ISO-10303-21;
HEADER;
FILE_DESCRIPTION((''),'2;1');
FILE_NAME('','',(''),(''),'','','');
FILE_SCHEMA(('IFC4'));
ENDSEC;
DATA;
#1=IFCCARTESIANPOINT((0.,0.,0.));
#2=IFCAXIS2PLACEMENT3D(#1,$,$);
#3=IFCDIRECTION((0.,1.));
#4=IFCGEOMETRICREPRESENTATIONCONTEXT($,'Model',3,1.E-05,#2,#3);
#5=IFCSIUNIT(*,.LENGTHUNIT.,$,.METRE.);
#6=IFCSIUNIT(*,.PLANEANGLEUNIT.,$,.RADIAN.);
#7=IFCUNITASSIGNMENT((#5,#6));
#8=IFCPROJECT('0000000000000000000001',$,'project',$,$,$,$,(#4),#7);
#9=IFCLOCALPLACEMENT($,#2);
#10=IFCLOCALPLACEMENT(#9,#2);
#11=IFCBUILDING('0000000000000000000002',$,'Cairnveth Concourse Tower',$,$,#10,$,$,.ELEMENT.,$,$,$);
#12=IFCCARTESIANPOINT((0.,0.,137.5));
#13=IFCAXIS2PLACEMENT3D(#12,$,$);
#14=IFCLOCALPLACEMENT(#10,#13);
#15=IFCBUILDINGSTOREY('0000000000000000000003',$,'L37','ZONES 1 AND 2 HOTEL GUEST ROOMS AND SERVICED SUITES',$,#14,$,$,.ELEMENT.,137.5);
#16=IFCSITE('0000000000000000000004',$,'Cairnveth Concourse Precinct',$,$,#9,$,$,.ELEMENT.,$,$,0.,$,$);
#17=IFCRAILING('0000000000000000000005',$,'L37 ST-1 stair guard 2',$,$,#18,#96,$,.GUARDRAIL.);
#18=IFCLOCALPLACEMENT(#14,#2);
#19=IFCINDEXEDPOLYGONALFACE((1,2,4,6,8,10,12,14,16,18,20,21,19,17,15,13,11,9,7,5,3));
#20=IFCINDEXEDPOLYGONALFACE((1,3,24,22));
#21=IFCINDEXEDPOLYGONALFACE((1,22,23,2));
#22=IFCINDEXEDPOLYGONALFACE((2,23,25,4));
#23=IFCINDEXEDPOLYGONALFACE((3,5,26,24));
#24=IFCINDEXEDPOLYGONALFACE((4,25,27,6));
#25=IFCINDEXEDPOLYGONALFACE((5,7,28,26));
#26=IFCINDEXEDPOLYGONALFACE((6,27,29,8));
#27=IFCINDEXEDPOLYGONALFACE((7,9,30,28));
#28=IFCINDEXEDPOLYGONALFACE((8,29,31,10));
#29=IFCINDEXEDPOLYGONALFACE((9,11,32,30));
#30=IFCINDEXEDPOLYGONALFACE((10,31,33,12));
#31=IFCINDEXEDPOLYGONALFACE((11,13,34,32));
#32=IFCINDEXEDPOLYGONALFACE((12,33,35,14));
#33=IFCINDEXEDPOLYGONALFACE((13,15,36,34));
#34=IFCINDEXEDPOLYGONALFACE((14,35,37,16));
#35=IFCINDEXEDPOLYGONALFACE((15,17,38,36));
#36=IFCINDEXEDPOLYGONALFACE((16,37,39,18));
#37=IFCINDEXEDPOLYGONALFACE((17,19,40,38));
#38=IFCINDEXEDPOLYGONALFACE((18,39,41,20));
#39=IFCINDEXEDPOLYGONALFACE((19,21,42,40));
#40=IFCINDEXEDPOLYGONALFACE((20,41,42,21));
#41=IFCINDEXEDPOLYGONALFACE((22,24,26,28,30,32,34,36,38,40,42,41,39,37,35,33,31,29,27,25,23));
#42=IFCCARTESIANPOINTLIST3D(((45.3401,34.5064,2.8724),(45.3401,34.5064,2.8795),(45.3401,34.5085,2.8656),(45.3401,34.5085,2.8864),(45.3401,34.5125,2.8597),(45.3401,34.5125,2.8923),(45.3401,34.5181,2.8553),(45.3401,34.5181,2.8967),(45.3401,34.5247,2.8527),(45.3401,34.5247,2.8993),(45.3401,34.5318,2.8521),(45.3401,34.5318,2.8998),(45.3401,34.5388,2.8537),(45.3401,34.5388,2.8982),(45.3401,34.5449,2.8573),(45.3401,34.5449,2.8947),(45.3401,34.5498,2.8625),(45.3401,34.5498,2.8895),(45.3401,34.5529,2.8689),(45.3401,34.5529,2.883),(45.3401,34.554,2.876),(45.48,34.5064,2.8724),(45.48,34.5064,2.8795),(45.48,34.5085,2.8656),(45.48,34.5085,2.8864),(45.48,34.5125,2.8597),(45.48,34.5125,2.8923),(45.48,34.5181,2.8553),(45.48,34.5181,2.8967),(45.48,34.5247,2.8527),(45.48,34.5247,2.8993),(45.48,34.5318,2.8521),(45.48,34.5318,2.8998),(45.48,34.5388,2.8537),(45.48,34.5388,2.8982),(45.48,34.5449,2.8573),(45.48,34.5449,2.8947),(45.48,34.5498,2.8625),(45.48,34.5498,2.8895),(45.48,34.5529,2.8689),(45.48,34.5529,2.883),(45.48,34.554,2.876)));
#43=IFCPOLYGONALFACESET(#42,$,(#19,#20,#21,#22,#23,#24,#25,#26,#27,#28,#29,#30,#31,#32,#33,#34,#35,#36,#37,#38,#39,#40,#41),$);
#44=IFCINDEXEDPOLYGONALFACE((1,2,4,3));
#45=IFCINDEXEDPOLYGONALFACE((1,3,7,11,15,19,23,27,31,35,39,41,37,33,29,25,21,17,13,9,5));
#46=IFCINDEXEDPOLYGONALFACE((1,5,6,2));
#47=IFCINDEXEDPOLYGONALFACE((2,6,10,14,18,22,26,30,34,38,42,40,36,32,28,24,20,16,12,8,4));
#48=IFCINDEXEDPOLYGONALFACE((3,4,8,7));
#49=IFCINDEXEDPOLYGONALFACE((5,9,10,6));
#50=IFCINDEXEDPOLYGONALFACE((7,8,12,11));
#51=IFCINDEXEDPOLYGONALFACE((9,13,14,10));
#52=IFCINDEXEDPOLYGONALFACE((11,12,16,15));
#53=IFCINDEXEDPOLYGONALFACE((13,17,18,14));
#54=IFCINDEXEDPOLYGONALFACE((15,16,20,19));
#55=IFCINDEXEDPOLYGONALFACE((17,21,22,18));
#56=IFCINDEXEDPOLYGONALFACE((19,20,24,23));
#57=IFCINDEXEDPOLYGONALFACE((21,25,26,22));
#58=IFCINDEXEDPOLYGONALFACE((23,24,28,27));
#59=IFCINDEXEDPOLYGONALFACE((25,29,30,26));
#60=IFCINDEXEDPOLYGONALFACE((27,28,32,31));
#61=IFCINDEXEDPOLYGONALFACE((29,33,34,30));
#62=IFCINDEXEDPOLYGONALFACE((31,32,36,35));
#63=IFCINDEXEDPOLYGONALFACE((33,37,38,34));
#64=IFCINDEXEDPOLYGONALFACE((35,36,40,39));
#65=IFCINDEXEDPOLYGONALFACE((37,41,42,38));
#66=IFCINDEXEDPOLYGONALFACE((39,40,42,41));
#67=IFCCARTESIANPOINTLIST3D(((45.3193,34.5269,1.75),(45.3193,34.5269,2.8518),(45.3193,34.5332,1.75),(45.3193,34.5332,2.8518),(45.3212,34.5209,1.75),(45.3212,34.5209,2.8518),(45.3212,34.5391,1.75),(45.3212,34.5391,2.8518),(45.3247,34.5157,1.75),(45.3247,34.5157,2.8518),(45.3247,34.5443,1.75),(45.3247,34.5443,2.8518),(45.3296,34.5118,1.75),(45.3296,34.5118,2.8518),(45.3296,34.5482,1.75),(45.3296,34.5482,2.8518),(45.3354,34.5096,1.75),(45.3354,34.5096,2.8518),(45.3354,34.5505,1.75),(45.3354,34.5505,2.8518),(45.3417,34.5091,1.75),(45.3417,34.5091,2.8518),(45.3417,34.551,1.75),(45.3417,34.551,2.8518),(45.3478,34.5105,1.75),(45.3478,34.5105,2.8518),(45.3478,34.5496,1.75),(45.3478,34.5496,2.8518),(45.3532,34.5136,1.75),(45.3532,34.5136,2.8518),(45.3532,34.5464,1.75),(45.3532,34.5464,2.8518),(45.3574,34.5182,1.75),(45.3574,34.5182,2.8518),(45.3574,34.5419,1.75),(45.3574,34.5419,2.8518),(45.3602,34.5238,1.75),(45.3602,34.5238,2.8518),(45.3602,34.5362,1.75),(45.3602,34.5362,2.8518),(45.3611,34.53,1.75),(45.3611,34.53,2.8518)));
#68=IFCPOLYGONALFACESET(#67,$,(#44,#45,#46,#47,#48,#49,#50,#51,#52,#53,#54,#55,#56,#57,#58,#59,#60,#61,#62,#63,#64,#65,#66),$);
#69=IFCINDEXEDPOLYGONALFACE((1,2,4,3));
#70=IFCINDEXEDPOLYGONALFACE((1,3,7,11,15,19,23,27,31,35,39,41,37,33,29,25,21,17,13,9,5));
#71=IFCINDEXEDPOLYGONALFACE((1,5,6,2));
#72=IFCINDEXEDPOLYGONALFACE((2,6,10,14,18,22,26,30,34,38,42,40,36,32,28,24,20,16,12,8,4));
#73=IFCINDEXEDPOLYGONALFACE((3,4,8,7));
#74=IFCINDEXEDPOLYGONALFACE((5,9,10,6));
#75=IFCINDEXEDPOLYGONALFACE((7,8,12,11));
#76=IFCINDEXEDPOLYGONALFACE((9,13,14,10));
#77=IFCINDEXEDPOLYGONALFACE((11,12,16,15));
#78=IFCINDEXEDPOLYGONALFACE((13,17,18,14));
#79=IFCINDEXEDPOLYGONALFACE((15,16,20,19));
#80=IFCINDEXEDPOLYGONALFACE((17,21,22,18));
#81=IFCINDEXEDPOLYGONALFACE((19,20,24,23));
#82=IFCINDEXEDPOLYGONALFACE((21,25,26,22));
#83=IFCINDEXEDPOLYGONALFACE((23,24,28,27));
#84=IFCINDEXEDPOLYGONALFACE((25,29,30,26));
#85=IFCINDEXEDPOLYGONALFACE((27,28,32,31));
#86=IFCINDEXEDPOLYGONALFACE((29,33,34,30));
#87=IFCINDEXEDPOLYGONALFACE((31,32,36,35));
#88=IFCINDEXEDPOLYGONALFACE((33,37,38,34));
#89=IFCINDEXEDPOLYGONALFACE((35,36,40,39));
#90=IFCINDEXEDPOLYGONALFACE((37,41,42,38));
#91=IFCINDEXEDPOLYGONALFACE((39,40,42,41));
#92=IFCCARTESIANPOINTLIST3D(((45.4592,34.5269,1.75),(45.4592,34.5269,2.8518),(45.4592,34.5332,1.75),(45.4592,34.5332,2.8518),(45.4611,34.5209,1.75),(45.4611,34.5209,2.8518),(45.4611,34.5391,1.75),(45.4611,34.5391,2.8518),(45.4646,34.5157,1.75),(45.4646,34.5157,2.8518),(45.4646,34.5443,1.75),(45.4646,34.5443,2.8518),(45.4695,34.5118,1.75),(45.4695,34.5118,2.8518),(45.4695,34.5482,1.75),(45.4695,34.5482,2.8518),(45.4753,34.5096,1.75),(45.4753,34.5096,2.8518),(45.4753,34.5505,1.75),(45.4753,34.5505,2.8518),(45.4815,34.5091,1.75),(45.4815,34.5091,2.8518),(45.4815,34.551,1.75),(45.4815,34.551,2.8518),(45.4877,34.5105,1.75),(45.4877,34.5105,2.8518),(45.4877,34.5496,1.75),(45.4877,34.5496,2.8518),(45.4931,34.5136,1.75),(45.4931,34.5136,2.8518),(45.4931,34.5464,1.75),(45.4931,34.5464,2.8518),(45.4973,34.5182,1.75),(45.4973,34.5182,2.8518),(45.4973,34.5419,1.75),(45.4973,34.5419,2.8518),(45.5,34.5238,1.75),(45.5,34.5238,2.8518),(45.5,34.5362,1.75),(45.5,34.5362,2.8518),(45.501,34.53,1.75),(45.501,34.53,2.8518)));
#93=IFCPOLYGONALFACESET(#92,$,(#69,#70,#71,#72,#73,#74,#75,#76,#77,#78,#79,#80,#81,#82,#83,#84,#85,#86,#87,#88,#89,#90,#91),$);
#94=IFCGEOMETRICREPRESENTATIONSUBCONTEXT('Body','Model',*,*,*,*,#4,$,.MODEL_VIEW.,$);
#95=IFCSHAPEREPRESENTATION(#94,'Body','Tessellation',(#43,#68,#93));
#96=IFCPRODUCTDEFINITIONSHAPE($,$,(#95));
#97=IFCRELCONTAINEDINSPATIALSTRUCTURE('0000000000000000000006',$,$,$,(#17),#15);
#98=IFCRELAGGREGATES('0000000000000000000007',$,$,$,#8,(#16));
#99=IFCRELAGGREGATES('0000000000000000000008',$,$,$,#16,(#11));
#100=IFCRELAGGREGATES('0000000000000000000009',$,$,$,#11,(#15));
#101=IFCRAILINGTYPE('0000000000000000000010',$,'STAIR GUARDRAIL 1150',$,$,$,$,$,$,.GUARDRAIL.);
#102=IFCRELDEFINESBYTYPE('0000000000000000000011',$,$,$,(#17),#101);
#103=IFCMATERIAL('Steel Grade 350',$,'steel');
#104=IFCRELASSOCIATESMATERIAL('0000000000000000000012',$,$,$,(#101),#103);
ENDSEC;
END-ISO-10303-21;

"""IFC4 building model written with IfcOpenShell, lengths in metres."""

from ifc_helpers import new_model, si_unit, direction, frame, origin, origin_2d, place, context, subcontext, project, spatial, circle, extrude, material, type_object, element, save


model = new_model("IFC4")

# Units and contexts
model_context = context("Model", 3, precision=1e-05, world=origin(), true_north=direction((0.0, 1.0)))
body_context = subcontext(model_context, "Body", "Model", "MODEL_VIEW")
ifc_project = project(units=[si_unit("LENGTHUNIT", "METRE"), si_unit("PLANEANGLEUNIT", "RADIAN")], contexts=[model_context])

# Site, building, storey
site_placement = place(None, origin())
site = spatial("IfcSite", under=ifc_project, at=site_placement, Name="Cairnveth Concourse Precinct", CompositionType="ELEMENT", RefElevation=0.0)
building_placement = place(site_placement, origin())
building = spatial("IfcBuilding", under=site, at=building_placement, Name="Cairnveth Concourse Tower", CompositionType="ELEMENT")
storey_placement = place(building_placement, frame((0.0, 0.0, 137.5)))
storey = spatial("IfcBuildingStorey", under=building, at=storey_placement, Name="L37", Description="ZONES 1 AND 2 HOTEL GUEST ROOMS AND SERVICED SUITES", CompositionType="ELEMENT", Elevation=137.5)

# Shared definitions
ifc_material_1 = material(Name="Steel Grade 350", Category="steel")

# Railing
railing_type_1 = type_object("IfcRailingType", Name="STAIR GUARDRAIL 1150", PredefinedType="GUARDRAIL", material=ifc_material_1)
railing_1_placement = place(storey_placement, frame((45.3401, 34.53, 1.75)))
element("IfcRailing", 1, at=railing_1_placement, inside=storey, type_object=railing_type_1, Name="L37 ST-1 stair guard 2", PredefinedType="GUARDRAIL", context=body_context, shape_type="SweptSolid", body=[
    extrude(circle(Radius=0.0239, at=origin_2d()), frame((0.0, 0.0, 1.126), z_axis=(1.0, 0.0, 0.0), x_axis=(0.0, 1.0, 0.0)), (0.0, 0.0, 1.0), 0.1399),
    extrude(circle(Radius=0.021, at=origin_2d()), origin(), (0.0, 0.0, 1.0), 1.1018),
    extrude(circle(Radius=0.021, at=origin_2d()), frame((0.1399, 0.0, 0.0)), (0.0, 0.0, 1.0), 1.1018),
])

save(model, "model.ifc")
